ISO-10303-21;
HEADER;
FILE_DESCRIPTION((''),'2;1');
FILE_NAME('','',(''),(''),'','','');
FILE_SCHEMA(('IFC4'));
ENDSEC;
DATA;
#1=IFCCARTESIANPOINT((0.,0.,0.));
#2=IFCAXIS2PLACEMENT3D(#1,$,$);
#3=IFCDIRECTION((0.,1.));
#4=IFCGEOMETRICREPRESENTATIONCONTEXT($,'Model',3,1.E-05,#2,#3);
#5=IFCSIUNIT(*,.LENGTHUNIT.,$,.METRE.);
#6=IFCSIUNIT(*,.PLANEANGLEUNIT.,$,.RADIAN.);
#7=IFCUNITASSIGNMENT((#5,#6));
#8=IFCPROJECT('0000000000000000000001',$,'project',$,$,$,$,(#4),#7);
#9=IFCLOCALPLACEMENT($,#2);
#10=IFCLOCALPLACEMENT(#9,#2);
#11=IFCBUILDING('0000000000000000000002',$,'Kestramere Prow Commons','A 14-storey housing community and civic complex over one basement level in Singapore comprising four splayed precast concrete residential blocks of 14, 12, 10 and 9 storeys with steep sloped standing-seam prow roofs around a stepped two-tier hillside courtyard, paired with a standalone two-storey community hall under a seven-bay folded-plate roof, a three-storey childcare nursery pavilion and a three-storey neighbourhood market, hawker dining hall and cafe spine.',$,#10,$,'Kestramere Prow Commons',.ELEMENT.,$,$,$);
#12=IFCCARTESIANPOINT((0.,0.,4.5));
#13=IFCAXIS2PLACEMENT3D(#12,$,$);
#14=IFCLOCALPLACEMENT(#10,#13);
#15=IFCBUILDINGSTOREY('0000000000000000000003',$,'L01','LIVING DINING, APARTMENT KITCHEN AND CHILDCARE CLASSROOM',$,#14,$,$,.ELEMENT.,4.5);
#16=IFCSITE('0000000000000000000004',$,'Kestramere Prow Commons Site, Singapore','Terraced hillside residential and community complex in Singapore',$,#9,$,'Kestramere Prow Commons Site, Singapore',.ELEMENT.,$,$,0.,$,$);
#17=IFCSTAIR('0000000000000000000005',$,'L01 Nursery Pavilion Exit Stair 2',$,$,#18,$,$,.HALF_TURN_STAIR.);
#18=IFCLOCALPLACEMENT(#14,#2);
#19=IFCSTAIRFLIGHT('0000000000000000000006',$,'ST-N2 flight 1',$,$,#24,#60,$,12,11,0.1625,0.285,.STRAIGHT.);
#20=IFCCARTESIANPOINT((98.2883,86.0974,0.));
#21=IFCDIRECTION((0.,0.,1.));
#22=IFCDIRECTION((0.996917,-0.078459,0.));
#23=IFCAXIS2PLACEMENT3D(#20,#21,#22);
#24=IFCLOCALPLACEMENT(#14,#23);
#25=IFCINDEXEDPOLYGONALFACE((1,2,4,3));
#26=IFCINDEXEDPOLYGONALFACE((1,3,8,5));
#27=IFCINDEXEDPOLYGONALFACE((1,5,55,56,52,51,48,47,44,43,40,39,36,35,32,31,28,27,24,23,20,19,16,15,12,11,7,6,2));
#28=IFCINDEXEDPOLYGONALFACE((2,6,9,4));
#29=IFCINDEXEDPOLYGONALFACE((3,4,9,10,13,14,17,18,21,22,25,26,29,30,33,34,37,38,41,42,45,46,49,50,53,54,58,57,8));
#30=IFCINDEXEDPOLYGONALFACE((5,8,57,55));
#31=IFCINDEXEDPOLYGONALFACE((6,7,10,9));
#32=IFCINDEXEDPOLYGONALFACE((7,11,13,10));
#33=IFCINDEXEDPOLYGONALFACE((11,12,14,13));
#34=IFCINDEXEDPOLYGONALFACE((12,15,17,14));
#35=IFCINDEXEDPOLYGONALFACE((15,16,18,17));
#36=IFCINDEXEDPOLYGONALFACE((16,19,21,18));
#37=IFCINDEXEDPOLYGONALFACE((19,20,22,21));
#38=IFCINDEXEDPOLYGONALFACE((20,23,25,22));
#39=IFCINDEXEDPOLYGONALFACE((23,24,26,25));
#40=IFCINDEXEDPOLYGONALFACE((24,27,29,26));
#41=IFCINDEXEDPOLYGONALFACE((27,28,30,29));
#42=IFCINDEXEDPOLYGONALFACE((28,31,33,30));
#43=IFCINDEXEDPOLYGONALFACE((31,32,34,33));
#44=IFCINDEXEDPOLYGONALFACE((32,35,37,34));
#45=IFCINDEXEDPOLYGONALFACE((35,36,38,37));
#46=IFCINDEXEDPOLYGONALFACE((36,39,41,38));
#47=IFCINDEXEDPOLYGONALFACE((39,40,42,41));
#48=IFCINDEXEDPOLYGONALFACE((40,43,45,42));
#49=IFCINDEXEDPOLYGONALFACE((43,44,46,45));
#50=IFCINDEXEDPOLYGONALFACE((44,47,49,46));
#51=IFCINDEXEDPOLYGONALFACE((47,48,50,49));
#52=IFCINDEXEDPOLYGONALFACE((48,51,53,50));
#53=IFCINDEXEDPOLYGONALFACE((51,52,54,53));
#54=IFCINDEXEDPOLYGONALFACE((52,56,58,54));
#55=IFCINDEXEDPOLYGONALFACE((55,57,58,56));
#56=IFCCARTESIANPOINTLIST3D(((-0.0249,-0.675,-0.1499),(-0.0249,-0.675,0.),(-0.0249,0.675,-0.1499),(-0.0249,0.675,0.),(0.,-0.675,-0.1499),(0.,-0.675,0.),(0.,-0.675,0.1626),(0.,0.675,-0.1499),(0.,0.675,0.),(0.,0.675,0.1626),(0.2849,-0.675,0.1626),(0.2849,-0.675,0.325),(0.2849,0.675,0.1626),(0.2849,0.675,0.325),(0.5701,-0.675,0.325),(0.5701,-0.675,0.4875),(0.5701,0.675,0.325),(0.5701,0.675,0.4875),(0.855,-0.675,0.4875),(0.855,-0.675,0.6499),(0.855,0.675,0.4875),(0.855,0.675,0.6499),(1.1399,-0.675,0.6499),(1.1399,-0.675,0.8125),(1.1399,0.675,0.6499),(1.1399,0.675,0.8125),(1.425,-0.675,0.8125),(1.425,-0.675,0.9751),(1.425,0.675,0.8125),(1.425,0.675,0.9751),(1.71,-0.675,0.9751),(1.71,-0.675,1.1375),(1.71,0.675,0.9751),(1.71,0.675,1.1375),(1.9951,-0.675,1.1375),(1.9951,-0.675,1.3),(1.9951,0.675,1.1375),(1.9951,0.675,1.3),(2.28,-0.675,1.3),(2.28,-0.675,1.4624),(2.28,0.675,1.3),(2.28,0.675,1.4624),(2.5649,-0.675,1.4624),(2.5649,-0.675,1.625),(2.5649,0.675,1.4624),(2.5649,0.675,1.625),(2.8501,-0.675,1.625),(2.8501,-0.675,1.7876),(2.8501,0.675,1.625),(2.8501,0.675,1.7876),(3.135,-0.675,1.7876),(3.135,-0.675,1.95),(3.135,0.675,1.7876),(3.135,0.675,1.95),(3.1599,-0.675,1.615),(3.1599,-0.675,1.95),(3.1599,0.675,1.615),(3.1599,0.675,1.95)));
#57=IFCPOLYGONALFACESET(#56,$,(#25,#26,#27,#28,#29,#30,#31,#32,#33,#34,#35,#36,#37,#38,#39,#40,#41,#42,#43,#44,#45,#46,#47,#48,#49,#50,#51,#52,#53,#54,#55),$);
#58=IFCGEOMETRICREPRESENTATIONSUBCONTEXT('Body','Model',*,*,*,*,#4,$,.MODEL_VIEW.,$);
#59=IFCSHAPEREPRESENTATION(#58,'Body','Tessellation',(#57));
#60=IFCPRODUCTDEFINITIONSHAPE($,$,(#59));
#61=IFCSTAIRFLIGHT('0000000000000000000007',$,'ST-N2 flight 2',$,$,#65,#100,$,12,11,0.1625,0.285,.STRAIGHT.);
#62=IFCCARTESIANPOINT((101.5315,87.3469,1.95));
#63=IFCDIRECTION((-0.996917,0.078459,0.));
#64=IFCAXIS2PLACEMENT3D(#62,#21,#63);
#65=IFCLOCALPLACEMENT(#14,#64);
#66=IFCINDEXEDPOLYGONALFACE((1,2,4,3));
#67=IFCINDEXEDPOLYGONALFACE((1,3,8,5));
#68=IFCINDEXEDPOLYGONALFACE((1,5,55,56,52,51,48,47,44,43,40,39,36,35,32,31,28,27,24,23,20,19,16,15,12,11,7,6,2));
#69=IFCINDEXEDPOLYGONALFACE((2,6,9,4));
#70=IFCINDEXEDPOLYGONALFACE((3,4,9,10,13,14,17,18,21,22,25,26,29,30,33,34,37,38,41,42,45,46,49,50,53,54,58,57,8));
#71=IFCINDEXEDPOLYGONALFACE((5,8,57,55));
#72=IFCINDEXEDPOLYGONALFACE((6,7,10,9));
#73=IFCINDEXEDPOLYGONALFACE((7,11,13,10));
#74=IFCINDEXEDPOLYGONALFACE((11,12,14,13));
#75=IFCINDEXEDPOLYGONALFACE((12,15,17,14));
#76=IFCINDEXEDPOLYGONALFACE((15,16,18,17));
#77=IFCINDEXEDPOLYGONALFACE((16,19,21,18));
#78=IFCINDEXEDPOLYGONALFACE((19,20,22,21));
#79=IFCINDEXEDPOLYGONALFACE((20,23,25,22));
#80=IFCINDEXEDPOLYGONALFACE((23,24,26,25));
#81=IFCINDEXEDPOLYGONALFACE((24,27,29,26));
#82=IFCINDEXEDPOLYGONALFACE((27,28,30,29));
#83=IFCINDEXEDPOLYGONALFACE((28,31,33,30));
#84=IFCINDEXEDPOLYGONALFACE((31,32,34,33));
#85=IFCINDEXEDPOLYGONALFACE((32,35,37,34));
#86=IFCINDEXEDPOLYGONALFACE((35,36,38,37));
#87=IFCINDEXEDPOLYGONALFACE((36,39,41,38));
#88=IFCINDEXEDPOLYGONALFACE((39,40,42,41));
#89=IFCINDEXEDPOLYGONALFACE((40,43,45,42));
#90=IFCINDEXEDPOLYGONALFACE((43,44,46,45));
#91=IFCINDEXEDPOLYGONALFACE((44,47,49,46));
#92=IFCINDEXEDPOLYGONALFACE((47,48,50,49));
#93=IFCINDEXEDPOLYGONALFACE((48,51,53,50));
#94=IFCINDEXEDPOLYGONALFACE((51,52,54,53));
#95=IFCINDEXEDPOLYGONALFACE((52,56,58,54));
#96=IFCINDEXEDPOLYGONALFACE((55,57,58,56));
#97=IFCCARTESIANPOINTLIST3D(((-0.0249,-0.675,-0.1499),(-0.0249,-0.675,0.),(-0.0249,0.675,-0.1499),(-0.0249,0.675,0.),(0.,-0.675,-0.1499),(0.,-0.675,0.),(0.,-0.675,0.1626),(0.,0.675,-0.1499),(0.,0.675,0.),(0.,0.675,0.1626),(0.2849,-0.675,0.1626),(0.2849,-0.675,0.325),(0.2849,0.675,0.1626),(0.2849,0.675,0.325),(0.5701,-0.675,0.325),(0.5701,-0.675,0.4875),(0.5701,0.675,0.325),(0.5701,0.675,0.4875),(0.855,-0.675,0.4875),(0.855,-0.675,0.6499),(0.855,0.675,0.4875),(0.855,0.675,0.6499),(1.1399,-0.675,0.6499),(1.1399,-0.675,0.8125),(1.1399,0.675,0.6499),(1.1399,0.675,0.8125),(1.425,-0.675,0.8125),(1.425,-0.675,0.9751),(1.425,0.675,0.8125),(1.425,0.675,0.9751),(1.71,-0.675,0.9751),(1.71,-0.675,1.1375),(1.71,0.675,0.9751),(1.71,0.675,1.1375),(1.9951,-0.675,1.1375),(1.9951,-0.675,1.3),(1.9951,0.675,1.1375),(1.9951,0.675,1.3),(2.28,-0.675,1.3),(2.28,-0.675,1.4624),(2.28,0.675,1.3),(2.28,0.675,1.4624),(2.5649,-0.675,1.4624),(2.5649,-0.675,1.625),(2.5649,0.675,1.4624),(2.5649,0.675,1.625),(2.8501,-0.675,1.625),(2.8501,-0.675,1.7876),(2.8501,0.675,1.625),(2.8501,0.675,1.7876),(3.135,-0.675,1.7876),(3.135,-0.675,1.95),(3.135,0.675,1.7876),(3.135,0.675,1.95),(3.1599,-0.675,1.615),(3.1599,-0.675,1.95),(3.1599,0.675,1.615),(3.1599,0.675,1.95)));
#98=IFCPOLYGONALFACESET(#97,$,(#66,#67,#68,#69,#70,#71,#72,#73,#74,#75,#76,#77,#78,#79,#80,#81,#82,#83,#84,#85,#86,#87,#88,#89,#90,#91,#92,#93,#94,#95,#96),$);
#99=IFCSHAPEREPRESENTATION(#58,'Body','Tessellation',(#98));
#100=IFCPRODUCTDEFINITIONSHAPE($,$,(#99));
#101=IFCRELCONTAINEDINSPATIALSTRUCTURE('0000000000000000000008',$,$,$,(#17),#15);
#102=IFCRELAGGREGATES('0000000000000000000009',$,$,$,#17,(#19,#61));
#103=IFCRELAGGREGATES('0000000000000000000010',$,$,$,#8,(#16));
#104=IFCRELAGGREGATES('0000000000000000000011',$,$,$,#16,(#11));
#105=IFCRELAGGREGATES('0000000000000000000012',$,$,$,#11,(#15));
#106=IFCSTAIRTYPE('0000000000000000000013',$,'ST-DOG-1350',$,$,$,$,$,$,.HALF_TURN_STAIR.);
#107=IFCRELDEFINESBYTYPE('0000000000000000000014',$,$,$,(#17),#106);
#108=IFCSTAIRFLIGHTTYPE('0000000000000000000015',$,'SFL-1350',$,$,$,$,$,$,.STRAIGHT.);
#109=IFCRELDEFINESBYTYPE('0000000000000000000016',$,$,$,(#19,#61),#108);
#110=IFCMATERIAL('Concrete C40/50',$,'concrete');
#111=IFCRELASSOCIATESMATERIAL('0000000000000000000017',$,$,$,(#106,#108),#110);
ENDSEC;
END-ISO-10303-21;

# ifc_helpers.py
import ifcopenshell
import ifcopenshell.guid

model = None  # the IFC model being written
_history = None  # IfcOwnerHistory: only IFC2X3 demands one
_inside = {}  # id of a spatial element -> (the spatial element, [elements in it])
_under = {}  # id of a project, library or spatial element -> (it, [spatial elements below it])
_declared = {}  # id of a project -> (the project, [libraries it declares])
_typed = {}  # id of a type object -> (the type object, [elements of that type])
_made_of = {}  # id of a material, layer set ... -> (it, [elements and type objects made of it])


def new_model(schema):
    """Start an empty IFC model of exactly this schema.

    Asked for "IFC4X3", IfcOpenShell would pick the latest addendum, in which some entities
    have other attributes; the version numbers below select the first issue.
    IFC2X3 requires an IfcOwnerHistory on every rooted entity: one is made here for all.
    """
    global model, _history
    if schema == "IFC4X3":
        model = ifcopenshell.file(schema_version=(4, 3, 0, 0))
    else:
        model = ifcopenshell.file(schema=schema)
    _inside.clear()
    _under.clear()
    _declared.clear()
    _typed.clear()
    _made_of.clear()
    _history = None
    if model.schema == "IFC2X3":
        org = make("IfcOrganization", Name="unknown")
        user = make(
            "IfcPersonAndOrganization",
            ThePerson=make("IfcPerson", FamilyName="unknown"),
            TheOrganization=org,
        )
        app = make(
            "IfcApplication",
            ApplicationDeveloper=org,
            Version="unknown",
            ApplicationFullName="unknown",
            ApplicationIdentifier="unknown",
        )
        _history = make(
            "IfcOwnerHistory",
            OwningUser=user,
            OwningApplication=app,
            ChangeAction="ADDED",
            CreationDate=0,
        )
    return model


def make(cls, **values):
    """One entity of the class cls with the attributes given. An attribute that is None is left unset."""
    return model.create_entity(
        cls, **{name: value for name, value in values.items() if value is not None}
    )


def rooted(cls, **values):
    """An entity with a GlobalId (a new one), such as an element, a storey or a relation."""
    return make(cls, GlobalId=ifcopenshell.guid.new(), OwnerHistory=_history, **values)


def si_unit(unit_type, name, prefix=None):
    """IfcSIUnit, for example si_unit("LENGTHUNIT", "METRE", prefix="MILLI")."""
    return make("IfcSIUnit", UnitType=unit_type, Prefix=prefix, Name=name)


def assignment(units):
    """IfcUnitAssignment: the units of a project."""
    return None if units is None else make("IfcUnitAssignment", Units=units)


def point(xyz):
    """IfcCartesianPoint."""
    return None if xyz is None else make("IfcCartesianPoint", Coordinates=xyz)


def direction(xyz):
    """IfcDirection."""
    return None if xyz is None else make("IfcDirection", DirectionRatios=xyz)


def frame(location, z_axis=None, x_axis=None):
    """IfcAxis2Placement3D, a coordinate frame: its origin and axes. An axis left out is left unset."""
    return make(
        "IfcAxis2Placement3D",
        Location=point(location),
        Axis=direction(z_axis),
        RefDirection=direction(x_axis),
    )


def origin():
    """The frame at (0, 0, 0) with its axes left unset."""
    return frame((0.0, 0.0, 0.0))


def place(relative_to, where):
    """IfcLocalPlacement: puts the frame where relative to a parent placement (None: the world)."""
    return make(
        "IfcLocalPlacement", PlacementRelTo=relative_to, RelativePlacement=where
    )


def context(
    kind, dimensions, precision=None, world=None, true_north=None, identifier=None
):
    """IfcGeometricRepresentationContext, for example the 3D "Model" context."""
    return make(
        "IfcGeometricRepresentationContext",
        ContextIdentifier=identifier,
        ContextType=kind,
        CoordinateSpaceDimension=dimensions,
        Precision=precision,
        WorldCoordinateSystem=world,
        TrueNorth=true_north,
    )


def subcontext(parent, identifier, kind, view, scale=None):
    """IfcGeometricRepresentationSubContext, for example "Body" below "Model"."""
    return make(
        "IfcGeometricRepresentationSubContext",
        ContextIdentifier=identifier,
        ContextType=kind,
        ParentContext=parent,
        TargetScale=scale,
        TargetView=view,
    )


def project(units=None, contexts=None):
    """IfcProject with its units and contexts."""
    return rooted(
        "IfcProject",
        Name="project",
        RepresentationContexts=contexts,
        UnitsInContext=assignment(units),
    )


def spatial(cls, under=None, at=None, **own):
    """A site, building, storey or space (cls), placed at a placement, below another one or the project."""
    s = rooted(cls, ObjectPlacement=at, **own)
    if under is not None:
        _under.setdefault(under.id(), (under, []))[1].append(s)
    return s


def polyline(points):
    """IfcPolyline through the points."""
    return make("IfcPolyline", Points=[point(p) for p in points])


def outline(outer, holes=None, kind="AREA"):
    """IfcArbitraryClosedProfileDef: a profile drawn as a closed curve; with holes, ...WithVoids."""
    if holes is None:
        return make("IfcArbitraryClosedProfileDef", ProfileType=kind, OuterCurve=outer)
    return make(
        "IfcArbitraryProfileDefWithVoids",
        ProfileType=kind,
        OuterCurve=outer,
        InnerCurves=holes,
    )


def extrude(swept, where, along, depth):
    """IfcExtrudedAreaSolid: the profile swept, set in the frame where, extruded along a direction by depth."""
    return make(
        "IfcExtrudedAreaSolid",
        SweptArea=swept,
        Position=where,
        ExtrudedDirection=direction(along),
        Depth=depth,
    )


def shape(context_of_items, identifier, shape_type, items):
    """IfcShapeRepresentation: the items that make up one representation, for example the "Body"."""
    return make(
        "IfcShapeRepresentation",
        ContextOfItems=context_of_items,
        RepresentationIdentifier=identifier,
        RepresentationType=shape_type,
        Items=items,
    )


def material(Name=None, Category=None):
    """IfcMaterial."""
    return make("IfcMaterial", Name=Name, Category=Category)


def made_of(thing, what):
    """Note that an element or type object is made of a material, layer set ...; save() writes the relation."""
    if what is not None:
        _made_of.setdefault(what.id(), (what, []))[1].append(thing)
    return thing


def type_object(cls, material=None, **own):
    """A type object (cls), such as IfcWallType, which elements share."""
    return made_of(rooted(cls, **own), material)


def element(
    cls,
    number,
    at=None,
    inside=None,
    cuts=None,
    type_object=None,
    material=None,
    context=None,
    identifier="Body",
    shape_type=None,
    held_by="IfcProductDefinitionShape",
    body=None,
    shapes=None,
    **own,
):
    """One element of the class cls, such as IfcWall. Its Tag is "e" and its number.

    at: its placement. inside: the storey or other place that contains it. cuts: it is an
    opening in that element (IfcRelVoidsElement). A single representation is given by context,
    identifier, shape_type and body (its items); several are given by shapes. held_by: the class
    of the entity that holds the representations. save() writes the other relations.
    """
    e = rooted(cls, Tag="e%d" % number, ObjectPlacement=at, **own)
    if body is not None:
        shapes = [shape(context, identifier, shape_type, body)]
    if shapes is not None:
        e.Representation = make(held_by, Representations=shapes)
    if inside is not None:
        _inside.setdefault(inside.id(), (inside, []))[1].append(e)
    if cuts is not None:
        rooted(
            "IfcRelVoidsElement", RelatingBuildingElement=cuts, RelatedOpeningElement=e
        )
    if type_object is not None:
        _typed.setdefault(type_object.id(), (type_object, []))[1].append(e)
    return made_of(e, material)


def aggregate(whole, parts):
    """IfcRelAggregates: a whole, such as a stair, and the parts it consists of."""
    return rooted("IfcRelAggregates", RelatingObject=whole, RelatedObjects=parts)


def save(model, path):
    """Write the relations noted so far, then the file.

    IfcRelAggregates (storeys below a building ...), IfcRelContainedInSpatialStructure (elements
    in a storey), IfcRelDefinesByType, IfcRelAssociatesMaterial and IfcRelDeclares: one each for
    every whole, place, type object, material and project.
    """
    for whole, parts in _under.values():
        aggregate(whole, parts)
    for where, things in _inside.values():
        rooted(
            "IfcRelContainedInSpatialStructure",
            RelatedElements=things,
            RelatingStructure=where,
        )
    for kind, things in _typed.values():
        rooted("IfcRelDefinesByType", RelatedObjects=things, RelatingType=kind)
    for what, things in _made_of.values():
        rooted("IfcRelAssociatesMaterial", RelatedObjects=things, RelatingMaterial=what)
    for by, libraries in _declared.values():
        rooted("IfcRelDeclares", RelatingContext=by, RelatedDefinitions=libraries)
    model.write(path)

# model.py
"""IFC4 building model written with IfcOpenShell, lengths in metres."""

from ifc_helpers import new_model, si_unit, direction, frame, origin, place, context, subcontext, project, spatial, polyline, outline, extrude, material, type_object, element, aggregate, save


model = new_model("IFC4")

# Units and contexts
model_context = context("Model", 3, precision=1e-05, world=origin(), true_north=direction((0.0, 1.0)))
body_context = subcontext(model_context, "Body", "Model", "MODEL_VIEW")
ifc_project = project(units=[si_unit("LENGTHUNIT", "METRE"), si_unit("PLANEANGLEUNIT", "RADIAN")], contexts=[model_context])

# Site, building, storey
site_placement = place(None, origin())
site = spatial("IfcSite", under=ifc_project, at=site_placement, Name="Kestramere Prow Commons Site, Singapore", Description="Terraced hillside residential and community complex in Singapore", LongName="Kestramere Prow Commons Site, Singapore", CompositionType="ELEMENT", RefElevation=0.0)
building_placement = place(site_placement, origin())
building = spatial("IfcBuilding", under=site, at=building_placement, Name="Kestramere Prow Commons", Description="A 14-storey housing community and civic complex over one basement level in Singapore comprising four splayed precast concrete residential blocks of 14, 12, 10 and 9 storeys with steep sloped standing-seam prow roofs around a stepped two-tier hillside courtyard, paired with a standalone two-storey community hall under a seven-bay folded-plate roof, a three-storey childcare nursery pavilion and a three-storey neighbourhood market, hawker dining hall and cafe spine.", LongName="Kestramere Prow Commons", CompositionType="ELEMENT")
storey_placement = place(building_placement, frame((0.0, 0.0, 4.5)))
storey = spatial("IfcBuildingStorey", under=building, at=storey_placement, Name="L01", Description="LIVING DINING, APARTMENT KITCHEN AND CHILDCARE CLASSROOM", CompositionType="ELEMENT", Elevation=4.5)

# Shared definitions
ifc_material_1 = material(Name="Concrete C40/50", Category="concrete")

# Stair, stair flights
stair_type = type_object("IfcStairType", Name="ST-DOG-1350", PredefinedType="HALF_TURN_STAIR", material=ifc_material_1)
stair_placement = place(storey_placement, origin())
stair = element("IfcStair", 1, at=stair_placement, inside=storey, type_object=stair_type, Name="L01 Nursery Pavilion Exit Stair 2", PredefinedType="HALF_TURN_STAIR")
stair_flight_type = type_object("IfcStairFlightType", Name="SFL-1350", PredefinedType="STRAIGHT", material=ifc_material_1)
stair_flight_1_placement = place(storey_placement, frame((98.2883, 86.0974, 0.0), z_axis=(0.0, 0.0, 1.0), x_axis=(0.996917, -0.078459, 0.0)))
stair_flight_1 = element("IfcStairFlight", 2, at=stair_flight_1_placement, type_object=stair_flight_type, Name="ST-N2 flight 1", NumberOfRisers=12, NumberOfTreads=11, PredefinedType="STRAIGHT", RiserHeight=0.1625, TreadLength=0.285, context=body_context, shape_type="SweptSolid", body=[
    extrude(outline(polyline([(-0.0249, 0.0), (0.0, 0.0), (0.0, 0.1626), (0.2849, 0.1626), (0.2849, 0.325), (0.5701, 0.325), (0.5701, 0.4875), (0.855, 0.4875), (0.855, 0.6499), (1.1399, 0.6499), (1.1399, 0.8125), (1.425, 0.8125), (1.425, 0.9751), (1.71, 0.9751), (1.71, 1.1375), (1.9951, 1.1375), (1.9951, 1.3), (2.28, 1.3), (2.28, 1.4624), (2.5649, 1.4624), (2.5649, 1.625), (2.8501, 1.625), (2.8501, 1.7876), (3.135, 1.7876), (3.135, 1.95), (3.1599, 1.95), (3.1599, 1.615), (0.0, -0.1499), (-0.0249, -0.1499), (-0.0249, 0.0)])), frame((0.0, 0.675, 0.0), z_axis=(0.0, -1.0, 0.0), x_axis=(1.0, 0.0, 0.0)), (0.0, 0.0, 1.0), 1.3501),
])
stair_flight_2_placement = place(storey_placement, frame((101.5315, 87.3469, 1.95), z_axis=(0.0, 0.0, 1.0), x_axis=(-0.996917, 0.078459, 0.0)))
stair_flight_2 = element("IfcStairFlight", 3, at=stair_flight_2_placement, type_object=stair_flight_type, Name="ST-N2 flight 2", NumberOfRisers=12, NumberOfTreads=11, PredefinedType="STRAIGHT", RiserHeight=0.1625, TreadLength=0.285, context=body_context, shape_type="SweptSolid", body=[
    extrude(outline(polyline([(-0.0249, 0.0), (0.0, 0.0), (0.0, 0.1626), (0.2849, 0.1626), (0.2849, 0.325), (0.5701, 0.325), (0.5701, 0.4875), (0.855, 0.4875), (0.855, 0.6499), (1.1399, 0.6499), (1.1399, 0.8125), (1.425, 0.8125), (1.425, 0.9751), (1.71, 0.9751), (1.71, 1.1375), (1.9951, 1.1375), (1.9951, 1.3), (2.28, 1.3), (2.28, 1.4624), (2.5649, 1.4624), (2.5649, 1.625), (2.8501, 1.625), (2.8501, 1.7876), (3.135, 1.7876), (3.135, 1.95), (3.1599, 1.95), (3.1599, 1.615), (0.0, -0.1499), (-0.0249, -0.1499), (-0.0249, 0.0)])), frame((0.0, 0.675, 0.0), z_axis=(0.0, -1.0, 0.0), x_axis=(1.0, 0.0, 0.0)), (0.0, 0.0, 1.0), 1.3501),
])
aggregate(stair, [stair_flight_1, stair_flight_2])

save(model, "model.ifc")
